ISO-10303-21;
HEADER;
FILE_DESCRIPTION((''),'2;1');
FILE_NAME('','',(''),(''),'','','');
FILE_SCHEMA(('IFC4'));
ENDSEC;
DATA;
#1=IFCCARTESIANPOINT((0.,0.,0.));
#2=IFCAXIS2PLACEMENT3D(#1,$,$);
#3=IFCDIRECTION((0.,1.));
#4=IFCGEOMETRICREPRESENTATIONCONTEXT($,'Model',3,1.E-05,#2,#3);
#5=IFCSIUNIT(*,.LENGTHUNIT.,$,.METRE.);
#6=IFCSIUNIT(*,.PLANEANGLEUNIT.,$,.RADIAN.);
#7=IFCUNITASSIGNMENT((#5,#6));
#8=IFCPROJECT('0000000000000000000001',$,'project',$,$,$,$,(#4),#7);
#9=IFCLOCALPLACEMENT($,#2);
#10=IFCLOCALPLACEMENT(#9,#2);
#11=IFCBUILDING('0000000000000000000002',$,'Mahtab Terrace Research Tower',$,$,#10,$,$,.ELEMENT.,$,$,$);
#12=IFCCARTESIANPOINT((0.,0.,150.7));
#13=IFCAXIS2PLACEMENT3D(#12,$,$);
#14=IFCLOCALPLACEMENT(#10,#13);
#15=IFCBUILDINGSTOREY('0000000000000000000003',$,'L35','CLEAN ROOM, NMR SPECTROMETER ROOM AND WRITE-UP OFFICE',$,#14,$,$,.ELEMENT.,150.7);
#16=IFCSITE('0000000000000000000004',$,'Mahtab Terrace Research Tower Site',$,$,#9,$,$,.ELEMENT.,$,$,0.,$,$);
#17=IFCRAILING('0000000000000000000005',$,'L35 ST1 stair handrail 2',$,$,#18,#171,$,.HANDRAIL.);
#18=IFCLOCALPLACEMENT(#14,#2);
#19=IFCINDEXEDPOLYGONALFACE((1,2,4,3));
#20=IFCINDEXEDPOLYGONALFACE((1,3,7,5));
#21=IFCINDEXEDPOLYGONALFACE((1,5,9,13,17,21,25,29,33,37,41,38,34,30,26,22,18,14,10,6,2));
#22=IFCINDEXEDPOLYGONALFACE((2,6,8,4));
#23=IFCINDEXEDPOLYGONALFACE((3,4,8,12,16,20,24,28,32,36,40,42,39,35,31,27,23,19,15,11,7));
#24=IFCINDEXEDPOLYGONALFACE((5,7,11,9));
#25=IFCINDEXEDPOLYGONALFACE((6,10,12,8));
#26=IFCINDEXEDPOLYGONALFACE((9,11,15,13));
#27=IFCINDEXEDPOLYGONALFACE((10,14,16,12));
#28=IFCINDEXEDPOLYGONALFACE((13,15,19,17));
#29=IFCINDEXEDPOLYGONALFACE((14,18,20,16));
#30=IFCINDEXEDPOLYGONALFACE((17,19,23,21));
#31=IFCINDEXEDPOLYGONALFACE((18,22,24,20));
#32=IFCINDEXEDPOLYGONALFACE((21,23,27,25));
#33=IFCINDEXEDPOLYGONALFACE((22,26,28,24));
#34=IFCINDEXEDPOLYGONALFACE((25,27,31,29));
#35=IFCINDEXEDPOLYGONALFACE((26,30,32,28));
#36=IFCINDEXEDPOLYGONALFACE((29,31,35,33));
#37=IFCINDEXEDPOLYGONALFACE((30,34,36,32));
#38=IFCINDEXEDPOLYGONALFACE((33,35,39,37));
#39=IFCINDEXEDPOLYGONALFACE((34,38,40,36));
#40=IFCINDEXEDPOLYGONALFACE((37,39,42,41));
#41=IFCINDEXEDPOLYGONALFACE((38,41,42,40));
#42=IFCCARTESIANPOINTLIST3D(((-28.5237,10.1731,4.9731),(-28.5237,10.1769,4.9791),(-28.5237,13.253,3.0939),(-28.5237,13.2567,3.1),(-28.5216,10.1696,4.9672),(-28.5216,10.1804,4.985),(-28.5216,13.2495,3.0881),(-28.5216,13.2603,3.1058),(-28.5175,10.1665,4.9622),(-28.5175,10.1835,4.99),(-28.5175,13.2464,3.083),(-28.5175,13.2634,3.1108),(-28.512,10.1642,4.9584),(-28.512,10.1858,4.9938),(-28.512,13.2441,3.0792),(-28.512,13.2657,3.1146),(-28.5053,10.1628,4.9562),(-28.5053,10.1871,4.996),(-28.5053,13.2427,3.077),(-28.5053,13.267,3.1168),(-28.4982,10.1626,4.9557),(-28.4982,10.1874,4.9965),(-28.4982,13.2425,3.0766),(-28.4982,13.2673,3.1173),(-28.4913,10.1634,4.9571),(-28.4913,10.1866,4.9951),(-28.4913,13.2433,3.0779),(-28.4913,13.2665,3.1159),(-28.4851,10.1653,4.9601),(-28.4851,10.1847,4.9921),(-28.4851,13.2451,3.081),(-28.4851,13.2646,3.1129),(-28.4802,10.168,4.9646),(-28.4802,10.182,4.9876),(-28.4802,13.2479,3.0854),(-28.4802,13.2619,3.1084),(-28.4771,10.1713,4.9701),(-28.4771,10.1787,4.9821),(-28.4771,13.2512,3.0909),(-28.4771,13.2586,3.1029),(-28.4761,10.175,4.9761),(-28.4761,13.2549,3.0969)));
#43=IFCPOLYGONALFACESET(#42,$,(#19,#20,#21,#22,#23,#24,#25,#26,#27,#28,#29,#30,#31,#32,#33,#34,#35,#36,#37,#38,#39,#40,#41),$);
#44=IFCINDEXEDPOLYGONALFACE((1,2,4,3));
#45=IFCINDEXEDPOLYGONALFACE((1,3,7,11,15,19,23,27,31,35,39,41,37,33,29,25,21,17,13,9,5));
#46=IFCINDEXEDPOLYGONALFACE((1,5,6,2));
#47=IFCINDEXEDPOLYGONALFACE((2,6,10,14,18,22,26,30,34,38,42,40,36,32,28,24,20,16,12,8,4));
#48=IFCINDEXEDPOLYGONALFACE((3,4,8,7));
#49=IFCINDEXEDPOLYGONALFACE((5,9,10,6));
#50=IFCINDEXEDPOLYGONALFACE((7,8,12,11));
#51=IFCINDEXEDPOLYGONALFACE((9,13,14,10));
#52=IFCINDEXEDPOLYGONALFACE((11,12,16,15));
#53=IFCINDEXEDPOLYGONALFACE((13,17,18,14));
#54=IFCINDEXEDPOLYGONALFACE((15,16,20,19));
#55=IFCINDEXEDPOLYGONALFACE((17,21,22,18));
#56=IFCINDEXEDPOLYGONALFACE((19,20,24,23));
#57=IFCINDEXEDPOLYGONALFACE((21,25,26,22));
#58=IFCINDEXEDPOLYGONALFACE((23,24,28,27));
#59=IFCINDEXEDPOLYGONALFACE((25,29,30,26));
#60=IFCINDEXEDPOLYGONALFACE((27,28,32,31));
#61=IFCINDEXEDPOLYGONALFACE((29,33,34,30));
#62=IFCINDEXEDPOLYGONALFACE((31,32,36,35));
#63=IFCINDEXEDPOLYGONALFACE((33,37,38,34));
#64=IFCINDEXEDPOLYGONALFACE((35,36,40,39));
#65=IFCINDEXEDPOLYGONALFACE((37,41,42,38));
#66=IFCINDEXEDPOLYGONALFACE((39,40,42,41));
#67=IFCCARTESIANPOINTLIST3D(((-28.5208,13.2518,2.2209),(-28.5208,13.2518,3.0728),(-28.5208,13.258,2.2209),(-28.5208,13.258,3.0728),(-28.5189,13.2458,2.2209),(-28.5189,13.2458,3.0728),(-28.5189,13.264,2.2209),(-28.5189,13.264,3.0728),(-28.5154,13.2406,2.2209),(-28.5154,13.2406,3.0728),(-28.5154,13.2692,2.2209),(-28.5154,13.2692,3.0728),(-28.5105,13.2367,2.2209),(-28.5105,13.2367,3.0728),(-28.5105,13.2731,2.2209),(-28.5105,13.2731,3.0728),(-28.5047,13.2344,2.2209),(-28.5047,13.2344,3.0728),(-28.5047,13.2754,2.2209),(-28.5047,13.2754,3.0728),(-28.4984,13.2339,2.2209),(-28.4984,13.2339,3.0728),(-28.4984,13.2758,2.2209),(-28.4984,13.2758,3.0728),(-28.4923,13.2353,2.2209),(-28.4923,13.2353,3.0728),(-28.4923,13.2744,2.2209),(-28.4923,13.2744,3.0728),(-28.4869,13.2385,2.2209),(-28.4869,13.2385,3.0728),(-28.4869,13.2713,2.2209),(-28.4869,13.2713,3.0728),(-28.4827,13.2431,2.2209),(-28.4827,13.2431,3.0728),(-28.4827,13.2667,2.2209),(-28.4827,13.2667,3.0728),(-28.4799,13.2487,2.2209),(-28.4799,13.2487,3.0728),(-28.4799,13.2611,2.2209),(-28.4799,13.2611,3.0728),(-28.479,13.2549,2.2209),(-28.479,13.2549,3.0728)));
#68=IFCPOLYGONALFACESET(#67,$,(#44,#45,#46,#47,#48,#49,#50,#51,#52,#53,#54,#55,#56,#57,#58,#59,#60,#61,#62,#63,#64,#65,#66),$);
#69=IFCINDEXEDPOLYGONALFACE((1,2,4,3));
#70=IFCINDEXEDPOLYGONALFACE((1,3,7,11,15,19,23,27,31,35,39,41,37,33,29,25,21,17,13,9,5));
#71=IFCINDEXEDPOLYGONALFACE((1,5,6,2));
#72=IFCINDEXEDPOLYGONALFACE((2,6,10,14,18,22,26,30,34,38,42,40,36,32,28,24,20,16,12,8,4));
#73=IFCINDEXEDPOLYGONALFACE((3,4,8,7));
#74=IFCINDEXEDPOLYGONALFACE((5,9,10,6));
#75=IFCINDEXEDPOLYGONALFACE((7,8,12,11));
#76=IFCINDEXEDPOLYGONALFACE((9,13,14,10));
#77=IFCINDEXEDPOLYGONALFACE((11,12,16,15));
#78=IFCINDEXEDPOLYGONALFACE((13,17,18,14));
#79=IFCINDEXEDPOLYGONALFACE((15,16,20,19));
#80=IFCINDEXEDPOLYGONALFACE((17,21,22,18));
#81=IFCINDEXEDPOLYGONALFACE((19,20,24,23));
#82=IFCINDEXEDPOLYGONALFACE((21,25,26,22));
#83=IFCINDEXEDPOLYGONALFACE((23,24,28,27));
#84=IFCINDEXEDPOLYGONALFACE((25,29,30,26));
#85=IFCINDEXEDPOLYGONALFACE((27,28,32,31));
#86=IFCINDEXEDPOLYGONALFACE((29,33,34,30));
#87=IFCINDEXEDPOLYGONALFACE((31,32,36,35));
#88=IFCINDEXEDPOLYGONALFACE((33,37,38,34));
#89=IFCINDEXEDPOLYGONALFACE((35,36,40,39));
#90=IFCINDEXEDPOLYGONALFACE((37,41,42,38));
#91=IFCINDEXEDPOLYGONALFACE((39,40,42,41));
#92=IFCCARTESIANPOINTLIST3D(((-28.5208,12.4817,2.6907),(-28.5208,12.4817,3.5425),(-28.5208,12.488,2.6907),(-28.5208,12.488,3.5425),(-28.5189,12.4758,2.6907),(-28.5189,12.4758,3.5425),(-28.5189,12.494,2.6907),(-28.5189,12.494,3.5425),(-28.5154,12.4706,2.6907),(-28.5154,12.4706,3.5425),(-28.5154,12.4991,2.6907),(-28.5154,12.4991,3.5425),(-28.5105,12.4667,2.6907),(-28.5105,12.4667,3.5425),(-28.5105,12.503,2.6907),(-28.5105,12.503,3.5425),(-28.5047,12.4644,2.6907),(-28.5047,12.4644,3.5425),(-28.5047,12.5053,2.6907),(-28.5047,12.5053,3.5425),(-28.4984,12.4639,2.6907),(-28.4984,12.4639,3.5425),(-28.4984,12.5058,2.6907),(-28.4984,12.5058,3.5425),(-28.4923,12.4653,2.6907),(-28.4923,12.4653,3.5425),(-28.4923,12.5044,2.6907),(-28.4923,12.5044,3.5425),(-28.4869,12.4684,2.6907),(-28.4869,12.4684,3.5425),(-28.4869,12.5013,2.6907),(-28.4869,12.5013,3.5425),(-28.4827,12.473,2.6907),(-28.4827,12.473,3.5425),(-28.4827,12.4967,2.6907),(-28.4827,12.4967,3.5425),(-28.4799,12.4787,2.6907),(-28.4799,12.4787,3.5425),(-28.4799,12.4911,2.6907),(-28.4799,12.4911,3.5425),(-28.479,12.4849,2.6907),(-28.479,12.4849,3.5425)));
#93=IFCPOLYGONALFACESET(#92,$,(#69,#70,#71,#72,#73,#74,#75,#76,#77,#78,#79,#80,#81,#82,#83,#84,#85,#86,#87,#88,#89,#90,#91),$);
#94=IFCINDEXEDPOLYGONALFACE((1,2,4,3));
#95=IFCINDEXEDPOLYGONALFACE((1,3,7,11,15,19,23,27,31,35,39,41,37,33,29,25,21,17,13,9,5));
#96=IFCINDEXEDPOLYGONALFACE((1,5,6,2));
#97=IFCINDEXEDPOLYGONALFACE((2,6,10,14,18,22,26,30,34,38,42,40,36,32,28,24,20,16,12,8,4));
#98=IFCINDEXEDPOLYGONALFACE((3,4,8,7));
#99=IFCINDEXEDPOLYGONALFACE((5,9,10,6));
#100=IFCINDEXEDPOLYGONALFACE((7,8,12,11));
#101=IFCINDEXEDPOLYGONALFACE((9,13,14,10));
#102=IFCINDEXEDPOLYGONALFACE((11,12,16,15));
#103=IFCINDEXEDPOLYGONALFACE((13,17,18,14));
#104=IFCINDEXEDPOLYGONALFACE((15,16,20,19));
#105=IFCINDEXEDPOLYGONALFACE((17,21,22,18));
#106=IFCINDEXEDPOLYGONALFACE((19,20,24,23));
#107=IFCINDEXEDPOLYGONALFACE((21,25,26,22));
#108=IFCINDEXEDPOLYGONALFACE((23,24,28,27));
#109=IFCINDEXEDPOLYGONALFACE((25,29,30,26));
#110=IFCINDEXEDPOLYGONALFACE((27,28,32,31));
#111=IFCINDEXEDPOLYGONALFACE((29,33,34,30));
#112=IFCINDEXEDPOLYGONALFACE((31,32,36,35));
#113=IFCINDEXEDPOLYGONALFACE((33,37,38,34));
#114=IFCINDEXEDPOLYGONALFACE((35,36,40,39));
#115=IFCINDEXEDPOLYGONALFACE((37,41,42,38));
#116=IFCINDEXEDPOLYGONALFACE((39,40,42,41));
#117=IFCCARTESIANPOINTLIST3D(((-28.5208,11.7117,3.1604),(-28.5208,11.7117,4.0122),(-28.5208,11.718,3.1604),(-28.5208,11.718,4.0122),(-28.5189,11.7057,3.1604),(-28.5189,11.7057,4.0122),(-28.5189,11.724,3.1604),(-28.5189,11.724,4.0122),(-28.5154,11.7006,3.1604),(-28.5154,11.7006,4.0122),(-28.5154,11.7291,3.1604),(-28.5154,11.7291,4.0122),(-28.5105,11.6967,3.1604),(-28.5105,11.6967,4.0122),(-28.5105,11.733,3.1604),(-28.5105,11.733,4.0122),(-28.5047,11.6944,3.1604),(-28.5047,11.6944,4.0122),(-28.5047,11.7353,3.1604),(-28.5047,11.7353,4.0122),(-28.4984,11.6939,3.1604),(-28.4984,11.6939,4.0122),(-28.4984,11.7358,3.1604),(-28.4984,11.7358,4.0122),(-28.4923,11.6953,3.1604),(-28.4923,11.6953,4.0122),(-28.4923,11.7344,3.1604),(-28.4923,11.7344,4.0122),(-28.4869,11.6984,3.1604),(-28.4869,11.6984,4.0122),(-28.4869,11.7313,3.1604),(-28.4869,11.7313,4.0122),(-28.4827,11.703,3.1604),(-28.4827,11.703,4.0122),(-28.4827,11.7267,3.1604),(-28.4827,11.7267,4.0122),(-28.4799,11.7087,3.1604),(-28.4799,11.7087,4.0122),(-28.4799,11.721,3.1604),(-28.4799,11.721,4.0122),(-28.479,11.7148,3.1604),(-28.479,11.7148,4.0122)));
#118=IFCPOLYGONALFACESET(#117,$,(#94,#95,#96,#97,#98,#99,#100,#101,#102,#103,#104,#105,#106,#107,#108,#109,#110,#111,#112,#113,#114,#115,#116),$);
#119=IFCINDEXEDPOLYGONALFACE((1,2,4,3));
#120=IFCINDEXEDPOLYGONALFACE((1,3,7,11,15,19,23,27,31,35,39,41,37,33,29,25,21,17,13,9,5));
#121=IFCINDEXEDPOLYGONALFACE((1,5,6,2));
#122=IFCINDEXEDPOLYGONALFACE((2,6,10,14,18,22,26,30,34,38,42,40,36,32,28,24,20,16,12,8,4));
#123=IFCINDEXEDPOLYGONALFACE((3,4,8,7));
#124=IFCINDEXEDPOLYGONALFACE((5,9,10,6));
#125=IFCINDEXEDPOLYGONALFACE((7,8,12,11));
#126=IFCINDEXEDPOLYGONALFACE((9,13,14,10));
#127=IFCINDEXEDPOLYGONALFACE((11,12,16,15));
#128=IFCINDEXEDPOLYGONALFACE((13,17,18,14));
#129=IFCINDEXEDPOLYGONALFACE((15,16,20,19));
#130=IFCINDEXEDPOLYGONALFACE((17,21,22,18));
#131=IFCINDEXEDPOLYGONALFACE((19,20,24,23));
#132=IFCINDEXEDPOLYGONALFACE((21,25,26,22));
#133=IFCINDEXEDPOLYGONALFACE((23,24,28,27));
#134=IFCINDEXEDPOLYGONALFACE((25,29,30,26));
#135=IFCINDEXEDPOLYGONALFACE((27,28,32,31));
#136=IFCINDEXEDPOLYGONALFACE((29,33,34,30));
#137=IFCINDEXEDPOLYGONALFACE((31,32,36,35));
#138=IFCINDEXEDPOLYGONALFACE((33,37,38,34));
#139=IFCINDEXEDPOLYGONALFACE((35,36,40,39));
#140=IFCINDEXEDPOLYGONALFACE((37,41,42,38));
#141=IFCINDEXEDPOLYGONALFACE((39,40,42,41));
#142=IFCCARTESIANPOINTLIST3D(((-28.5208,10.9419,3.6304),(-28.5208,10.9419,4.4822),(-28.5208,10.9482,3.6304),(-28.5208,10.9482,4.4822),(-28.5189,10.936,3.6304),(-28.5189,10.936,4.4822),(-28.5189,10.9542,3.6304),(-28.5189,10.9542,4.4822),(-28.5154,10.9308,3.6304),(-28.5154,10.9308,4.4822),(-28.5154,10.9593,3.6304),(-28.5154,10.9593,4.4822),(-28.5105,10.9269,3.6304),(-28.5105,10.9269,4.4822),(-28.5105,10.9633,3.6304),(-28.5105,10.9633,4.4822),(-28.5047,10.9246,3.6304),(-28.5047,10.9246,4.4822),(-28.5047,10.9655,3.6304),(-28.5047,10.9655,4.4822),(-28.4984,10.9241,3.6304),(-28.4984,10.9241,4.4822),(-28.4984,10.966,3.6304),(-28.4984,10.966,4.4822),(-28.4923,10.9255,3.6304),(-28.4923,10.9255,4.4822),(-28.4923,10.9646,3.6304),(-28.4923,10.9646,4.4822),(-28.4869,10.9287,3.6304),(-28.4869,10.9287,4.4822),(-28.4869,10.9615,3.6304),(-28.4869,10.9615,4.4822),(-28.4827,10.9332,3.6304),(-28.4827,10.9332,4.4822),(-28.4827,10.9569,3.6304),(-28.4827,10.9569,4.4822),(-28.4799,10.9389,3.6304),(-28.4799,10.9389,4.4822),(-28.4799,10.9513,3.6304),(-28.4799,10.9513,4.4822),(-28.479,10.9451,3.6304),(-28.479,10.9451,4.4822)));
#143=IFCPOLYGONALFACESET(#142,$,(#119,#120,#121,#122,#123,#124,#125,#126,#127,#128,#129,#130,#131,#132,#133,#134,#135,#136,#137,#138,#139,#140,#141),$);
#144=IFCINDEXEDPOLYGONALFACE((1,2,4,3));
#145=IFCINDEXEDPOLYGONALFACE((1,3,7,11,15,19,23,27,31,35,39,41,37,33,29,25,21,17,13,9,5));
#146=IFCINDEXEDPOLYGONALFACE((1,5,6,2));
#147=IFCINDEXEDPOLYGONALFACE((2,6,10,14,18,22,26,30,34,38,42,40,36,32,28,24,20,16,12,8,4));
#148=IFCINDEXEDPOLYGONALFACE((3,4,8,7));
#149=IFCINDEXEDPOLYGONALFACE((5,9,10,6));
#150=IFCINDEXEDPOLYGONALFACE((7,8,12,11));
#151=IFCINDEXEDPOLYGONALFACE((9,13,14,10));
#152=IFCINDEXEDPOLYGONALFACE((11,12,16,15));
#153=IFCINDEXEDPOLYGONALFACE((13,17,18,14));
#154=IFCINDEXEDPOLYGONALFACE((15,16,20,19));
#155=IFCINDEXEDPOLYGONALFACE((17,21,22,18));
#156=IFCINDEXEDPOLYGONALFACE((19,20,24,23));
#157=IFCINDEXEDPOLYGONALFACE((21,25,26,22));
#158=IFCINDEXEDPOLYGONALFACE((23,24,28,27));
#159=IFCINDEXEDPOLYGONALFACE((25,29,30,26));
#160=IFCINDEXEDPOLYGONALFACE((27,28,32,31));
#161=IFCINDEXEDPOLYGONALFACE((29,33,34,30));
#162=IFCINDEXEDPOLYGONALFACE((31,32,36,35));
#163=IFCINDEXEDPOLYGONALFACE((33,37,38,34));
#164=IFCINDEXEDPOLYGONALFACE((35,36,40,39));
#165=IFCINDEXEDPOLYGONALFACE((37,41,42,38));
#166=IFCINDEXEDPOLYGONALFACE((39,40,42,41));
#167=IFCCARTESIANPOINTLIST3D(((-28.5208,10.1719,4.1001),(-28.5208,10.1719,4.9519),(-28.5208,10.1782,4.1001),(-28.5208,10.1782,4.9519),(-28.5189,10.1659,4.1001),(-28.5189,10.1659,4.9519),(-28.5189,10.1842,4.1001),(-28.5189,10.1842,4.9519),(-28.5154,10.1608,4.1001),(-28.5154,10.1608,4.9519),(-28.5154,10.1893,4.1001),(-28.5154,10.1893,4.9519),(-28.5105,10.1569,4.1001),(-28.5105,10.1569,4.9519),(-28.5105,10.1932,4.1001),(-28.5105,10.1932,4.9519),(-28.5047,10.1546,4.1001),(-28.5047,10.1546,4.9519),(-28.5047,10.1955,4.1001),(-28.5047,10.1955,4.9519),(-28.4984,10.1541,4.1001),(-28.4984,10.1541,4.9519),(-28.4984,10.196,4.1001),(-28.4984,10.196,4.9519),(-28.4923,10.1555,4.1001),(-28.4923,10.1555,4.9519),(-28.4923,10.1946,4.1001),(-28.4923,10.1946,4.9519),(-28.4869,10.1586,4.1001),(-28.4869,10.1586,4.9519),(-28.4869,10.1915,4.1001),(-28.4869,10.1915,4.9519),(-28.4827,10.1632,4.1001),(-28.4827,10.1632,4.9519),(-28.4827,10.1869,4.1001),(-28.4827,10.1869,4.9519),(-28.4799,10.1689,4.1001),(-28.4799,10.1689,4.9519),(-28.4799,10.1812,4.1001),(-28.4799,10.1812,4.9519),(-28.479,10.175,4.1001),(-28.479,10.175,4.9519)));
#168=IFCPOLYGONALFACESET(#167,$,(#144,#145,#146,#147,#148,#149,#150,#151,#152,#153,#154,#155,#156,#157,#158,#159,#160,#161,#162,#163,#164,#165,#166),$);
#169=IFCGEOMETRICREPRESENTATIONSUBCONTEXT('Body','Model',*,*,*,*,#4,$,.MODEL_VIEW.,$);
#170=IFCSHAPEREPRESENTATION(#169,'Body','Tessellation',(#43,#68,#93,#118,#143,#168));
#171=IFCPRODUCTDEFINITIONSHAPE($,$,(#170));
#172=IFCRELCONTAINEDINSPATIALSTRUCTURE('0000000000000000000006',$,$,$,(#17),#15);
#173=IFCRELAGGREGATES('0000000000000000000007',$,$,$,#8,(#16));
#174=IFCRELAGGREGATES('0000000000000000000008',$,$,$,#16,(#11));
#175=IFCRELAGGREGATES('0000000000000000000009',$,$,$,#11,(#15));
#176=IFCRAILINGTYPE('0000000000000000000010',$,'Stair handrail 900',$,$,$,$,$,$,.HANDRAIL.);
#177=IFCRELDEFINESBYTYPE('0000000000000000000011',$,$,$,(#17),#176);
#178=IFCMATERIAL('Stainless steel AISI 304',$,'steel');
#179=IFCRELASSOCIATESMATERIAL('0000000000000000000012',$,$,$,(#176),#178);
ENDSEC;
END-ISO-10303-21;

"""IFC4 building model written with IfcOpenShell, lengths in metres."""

from ifc_helpers import new_model, si_unit, direction, frame, origin, origin_2d, place, context, subcontext, project, spatial, circle, extrude, material, type_object, element, save


model = new_model("IFC4")

# Units and contexts
model_context = context("Model", 3, precision=1e-05, world=origin(), true_north=direction((0.0, 1.0)))
body_context = subcontext(model_context, "Body", "Model", "MODEL_VIEW")
ifc_project = project(units=[si_unit("LENGTHUNIT", "METRE"), si_unit("PLANEANGLEUNIT", "RADIAN")], contexts=[model_context])

# Site, building, storey
site_placement = place(None, origin())
site = spatial("IfcSite", under=ifc_project, at=site_placement, Name="Mahtab Terrace Research Tower Site", CompositionType="ELEMENT", RefElevation=0.0)
building_placement = place(site_placement, origin())
building = spatial("IfcBuilding", under=site, at=building_placement, Name="Mahtab Terrace Research Tower", CompositionType="ELEMENT")
storey_placement = place(building_placement, frame((0.0, 0.0, 150.7)))
storey = spatial("IfcBuildingStorey", under=building, at=storey_placement, Name="L35", Description="CLEAN ROOM, NMR SPECTROMETER ROOM AND WRITE-UP OFFICE", CompositionType="ELEMENT", Elevation=150.7)

# Railing
ifc_material_1 = material(Name="Stainless steel AISI 304", Category="steel")
railing_type_1 = type_object("IfcRailingType", Name="Stair handrail 900", PredefinedType="HANDRAIL", material=ifc_material_1)
railing_1_placement = place(storey_placement, frame((-28.5, 13.2549, 2.2209)))
element("IfcRailing", 1, at=railing_1_placement, inside=storey, type_object=railing_type_1, Name="L35 ST1 stair handrail 2", PredefinedType="HANDRAIL", context=body_context, shape_type="SweptSolid", body=[
    extrude(circle(Radius=0.0239, at=origin_2d()), frame((0.0, 0.0, 0.876), z_axis=(0.0, -0.853648, 0.52085), x_axis=(1.0, 0.0, 0.0)), (0.0, 0.0, 1.0), 3.6079),
    extrude(circle(Radius=0.021, at=origin_2d()), origin(), (0.0, 0.0, 1.0), 0.8518),
    extrude(circle(Radius=0.021, at=origin_2d()), frame((0.0, -0.77, 0.4697)), (0.0, 0.0, 1.0), 0.8518),
    extrude(circle(Radius=0.021, at=origin_2d()), frame((0.0, -1.54, 0.9395)), (0.0, 0.0, 1.0), 0.8518),
    extrude(circle(Radius=0.021, at=origin_2d()), frame((0.0, -2.3098, 1.4094)), (0.0, 0.0, 1.0), 0.8518),
    extrude(circle(Radius=0.021, at=origin_2d()), frame((0.0, -3.0798, 1.8792)), (0.0, 0.0, 1.0), 0.8518),
])

save(model, "model.ifc")
